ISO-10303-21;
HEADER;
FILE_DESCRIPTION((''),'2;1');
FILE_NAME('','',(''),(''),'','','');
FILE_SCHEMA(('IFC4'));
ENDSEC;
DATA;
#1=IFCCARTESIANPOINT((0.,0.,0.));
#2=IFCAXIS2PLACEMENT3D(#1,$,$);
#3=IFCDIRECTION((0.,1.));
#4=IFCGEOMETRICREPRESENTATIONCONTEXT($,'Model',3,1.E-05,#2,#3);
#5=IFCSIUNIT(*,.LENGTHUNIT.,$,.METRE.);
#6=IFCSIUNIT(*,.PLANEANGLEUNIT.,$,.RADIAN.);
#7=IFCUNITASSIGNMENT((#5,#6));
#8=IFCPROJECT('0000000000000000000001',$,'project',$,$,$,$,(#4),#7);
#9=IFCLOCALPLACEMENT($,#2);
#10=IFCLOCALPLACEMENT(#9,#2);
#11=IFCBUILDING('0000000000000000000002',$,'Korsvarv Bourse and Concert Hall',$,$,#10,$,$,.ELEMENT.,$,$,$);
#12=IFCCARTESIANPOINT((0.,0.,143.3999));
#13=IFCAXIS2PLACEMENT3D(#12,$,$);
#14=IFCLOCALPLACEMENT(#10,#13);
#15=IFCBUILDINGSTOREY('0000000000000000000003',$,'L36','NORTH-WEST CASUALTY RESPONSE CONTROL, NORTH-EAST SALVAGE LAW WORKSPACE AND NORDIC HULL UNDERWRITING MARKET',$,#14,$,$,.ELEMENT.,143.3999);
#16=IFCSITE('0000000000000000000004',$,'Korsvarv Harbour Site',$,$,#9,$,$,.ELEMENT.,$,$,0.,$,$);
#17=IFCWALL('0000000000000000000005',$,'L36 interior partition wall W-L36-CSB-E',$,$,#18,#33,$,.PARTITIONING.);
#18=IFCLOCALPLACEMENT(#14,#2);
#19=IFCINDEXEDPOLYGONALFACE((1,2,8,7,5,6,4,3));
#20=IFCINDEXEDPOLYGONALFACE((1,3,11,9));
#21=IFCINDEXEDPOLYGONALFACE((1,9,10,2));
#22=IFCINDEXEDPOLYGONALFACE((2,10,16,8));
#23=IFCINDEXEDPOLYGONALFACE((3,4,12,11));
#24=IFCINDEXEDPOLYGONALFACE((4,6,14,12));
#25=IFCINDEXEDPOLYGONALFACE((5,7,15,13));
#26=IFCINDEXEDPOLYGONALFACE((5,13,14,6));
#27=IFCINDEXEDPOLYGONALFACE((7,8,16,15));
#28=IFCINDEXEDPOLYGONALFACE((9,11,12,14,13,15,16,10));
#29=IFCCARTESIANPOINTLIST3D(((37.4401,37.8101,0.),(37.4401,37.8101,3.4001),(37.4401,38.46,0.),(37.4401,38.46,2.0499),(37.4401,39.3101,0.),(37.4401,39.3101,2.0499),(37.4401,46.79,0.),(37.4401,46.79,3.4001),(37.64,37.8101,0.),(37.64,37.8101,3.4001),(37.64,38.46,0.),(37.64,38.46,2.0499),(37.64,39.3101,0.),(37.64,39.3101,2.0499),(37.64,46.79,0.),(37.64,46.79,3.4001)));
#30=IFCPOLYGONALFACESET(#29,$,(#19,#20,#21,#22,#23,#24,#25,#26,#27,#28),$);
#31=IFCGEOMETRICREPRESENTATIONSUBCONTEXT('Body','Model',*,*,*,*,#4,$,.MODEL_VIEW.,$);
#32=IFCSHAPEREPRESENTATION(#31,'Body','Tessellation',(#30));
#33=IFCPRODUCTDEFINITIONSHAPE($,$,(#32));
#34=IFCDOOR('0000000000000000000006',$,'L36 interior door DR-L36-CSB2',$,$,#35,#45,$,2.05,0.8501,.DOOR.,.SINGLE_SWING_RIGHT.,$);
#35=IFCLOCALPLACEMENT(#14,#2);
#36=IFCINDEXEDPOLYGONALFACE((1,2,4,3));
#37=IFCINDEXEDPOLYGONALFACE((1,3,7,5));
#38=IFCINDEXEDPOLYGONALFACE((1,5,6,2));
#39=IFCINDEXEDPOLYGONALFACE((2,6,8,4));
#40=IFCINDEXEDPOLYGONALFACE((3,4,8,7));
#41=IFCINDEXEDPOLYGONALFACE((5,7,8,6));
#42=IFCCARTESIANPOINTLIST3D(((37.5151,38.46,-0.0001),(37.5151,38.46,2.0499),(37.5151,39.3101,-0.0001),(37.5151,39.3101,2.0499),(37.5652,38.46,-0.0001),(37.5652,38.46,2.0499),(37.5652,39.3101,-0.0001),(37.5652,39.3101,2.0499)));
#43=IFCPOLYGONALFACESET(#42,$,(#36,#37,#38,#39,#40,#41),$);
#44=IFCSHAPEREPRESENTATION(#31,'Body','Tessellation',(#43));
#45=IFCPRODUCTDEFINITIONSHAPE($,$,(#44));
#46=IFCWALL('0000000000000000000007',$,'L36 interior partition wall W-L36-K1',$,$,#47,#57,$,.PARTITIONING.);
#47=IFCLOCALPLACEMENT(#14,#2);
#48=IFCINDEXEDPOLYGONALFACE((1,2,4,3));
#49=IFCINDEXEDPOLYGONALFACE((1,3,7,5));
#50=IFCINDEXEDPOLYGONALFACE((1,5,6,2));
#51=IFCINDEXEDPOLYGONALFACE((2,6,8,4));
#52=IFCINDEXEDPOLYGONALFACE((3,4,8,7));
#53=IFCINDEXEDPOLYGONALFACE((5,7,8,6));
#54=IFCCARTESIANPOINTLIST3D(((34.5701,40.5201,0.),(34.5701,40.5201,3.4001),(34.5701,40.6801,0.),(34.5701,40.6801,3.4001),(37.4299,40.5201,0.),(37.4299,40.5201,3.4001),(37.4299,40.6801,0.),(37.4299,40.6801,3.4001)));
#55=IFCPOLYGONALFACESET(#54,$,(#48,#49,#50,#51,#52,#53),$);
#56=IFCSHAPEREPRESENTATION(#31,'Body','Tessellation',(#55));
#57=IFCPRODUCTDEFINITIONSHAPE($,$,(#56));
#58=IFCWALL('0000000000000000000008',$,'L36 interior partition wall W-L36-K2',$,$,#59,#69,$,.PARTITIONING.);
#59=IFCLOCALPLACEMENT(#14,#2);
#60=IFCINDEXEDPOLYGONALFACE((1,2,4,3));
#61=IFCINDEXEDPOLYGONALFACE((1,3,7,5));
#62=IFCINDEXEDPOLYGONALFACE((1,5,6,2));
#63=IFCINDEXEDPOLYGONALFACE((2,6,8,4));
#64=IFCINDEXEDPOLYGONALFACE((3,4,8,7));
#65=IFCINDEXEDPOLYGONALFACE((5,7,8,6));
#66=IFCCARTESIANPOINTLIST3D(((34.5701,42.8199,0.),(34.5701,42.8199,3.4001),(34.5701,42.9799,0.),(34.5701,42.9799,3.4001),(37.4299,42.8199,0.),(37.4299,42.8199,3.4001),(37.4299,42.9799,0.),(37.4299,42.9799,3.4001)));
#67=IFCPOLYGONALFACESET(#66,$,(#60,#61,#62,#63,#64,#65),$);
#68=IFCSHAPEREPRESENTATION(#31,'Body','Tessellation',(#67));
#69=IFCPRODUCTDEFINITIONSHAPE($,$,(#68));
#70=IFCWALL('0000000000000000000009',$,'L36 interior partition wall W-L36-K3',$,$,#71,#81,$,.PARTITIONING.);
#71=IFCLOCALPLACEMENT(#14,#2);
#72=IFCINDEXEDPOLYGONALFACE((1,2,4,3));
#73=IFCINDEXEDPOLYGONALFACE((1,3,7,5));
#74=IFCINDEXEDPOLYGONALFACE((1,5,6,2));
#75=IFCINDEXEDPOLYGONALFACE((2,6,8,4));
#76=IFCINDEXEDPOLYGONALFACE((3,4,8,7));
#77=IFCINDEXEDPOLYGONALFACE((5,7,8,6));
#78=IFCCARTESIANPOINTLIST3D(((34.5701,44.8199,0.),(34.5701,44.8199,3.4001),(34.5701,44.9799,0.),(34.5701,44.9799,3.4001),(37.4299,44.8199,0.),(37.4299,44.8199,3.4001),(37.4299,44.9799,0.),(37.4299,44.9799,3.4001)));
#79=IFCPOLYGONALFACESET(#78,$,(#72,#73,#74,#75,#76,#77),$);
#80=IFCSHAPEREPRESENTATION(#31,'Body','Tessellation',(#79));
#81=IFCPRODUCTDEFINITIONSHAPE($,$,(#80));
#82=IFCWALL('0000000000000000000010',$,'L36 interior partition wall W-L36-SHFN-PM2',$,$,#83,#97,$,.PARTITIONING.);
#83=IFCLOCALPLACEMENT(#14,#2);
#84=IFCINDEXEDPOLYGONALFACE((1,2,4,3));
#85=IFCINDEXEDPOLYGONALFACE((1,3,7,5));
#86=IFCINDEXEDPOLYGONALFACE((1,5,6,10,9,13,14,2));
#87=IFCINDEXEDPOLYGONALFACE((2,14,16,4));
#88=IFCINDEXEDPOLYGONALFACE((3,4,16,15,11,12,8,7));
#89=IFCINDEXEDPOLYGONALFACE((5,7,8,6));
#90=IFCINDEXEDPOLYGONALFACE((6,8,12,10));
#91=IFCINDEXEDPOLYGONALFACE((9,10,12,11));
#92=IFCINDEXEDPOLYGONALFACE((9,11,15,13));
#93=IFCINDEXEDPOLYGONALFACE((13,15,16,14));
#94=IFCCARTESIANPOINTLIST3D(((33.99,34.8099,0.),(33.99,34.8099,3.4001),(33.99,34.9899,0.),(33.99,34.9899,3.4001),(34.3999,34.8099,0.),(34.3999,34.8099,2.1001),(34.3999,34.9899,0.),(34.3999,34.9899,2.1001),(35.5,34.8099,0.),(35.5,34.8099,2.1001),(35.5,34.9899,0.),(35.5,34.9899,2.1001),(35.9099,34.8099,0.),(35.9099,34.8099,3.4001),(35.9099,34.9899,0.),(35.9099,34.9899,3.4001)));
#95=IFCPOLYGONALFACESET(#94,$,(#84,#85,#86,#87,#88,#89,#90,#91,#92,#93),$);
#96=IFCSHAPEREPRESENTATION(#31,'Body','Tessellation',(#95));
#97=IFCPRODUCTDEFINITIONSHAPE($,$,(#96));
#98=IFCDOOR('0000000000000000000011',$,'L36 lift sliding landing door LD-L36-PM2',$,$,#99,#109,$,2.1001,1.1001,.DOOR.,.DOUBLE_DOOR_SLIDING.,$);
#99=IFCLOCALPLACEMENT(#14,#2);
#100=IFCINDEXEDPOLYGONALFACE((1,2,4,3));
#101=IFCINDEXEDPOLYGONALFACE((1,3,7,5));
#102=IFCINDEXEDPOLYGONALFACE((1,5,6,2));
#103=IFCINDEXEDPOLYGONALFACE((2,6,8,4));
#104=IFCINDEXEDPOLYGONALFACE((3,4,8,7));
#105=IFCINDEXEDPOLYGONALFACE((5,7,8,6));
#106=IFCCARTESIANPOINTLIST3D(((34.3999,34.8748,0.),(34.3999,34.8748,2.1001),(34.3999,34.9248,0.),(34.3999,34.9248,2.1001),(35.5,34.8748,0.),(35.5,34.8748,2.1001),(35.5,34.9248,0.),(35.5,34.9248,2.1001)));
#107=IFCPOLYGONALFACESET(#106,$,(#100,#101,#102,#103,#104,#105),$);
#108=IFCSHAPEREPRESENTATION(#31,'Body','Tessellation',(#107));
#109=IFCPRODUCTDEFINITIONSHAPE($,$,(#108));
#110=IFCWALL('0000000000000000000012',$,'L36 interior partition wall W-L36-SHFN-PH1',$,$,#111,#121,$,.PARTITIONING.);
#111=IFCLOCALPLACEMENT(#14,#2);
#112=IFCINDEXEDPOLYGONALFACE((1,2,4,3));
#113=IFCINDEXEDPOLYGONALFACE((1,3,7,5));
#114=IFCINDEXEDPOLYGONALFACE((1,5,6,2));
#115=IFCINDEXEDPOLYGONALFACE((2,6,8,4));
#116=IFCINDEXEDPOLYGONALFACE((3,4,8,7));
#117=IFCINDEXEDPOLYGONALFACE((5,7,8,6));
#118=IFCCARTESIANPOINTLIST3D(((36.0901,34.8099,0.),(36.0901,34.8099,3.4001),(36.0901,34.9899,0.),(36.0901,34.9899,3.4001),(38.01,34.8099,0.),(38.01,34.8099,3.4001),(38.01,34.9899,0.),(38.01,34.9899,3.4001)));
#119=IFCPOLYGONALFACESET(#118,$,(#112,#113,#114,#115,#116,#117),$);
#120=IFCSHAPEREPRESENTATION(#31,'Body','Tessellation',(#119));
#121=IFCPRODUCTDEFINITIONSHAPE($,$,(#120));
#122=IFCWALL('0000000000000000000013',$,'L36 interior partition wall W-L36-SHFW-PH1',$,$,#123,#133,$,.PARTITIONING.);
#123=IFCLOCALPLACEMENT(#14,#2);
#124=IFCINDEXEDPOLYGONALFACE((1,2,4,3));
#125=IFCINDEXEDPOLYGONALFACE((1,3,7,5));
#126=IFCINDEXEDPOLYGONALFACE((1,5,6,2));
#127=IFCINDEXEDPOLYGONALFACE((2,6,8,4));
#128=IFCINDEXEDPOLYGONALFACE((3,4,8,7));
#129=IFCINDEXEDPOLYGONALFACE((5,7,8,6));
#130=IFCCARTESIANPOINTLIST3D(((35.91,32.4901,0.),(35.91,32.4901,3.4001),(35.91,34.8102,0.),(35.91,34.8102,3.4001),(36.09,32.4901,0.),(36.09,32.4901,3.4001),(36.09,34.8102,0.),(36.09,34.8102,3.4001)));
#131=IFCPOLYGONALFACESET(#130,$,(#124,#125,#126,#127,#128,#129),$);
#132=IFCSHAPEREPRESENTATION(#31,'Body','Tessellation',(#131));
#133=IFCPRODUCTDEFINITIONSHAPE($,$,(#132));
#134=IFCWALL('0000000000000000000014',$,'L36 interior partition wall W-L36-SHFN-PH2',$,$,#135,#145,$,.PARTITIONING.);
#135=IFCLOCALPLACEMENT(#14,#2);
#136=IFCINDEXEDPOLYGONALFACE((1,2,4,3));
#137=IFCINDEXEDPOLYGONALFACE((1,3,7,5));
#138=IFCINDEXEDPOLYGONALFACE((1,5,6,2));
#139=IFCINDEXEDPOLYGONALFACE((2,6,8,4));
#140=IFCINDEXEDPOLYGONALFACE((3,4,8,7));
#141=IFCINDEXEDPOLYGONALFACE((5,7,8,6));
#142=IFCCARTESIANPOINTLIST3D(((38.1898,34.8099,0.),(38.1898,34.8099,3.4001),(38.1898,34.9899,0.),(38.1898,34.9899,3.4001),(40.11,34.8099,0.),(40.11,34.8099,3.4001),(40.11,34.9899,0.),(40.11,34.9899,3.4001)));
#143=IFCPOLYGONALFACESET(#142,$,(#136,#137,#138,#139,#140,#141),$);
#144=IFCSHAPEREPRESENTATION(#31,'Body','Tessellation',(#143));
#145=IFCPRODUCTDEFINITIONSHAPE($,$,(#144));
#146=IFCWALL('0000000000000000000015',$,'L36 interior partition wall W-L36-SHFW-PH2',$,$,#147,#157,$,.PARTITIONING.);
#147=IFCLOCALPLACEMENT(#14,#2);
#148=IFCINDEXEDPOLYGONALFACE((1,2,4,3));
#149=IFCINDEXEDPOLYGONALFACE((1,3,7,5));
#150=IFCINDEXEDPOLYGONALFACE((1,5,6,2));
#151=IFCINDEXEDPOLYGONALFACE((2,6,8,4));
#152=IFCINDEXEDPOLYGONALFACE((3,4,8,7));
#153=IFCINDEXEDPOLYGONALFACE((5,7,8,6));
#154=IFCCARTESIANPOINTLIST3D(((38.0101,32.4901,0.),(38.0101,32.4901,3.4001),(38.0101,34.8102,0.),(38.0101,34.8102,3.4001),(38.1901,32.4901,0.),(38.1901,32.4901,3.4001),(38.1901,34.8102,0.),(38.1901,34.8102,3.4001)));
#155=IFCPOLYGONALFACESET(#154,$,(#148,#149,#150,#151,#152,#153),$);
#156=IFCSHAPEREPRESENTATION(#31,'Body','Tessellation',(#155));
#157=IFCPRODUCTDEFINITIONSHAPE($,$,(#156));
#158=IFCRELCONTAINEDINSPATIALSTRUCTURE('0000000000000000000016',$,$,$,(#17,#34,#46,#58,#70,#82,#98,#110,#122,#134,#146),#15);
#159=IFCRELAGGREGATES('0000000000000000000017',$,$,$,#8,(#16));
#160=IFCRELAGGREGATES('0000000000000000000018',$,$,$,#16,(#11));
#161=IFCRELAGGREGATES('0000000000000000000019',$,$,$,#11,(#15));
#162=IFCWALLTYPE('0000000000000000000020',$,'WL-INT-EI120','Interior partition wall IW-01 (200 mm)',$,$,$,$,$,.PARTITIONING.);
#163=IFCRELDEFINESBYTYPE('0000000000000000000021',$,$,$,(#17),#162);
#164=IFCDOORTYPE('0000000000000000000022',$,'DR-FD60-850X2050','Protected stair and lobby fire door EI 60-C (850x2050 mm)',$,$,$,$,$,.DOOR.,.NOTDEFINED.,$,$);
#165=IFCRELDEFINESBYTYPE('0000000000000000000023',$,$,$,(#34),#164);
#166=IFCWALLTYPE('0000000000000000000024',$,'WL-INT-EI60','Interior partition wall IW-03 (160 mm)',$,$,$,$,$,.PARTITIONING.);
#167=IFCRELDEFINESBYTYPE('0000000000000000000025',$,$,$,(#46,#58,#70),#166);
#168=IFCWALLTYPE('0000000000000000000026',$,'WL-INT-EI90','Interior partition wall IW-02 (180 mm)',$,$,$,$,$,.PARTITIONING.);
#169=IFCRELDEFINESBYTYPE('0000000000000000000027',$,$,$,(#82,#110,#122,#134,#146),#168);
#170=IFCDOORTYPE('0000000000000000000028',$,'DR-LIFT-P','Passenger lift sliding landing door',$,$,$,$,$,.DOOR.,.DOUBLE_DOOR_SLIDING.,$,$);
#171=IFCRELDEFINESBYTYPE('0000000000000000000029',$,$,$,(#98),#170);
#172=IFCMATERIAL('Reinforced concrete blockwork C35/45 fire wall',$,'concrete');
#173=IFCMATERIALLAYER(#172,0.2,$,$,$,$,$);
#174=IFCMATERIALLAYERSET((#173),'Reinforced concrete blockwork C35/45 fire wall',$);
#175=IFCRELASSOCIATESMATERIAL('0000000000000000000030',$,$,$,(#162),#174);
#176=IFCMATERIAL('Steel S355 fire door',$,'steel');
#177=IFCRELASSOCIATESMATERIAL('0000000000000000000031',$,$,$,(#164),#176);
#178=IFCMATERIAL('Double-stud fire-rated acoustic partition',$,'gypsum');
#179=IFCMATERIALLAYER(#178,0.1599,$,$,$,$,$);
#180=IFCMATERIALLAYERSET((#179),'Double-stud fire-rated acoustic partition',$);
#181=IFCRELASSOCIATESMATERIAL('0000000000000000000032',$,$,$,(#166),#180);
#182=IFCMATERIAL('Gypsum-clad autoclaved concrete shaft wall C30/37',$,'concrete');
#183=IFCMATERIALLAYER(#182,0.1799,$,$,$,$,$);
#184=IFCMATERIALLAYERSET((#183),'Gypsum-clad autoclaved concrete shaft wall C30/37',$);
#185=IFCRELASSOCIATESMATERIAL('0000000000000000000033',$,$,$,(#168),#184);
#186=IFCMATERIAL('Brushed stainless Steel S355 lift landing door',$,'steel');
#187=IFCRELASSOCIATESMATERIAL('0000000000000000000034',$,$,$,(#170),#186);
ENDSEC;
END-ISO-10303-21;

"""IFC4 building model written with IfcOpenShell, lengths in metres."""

from ifc_helpers import new_model, si_unit, direction, frame, frame_2d, origin, place, context, subcontext, project, spatial, rectangle, extrude, material, layer, layer_set, type_object, element, fill, save


model = new_model("IFC4")

# Units and contexts
model_context = context("Model", 3, precision=1e-05, world=origin(), true_north=direction((0.0, 1.0)))
body_context = subcontext(model_context, "Body", "Model", "MODEL_VIEW")
ifc_project = project(units=[si_unit("LENGTHUNIT", "METRE"), si_unit("PLANEANGLEUNIT", "RADIAN")], contexts=[model_context])

# Site, building, storey
site_placement = place(None, origin())
site = spatial("IfcSite", under=ifc_project, at=site_placement, Name="Korsvarv Harbour Site", CompositionType="ELEMENT", RefElevation=0.0)
building_placement = place(site_placement, origin())
building = spatial("IfcBuilding", under=site, at=building_placement, Name="Korsvarv Bourse and Concert Hall", CompositionType="ELEMENT")
storey_placement = place(building_placement, frame((0.0, 0.0, 143.3999)))
storey = spatial("IfcBuildingStorey", under=building, at=storey_placement, Name="L36", Description="NORTH-WEST CASUALTY RESPONSE CONTROL, NORTH-EAST SALVAGE LAW WORKSPACE AND NORDIC HULL UNDERWRITING MARKET", CompositionType="ELEMENT", Elevation=143.3999)

# Wall, opening, door
ifc_material_1 = material(Name="Reinforced concrete blockwork C35/45 fire wall", Category="concrete")
ifc_layer_1 = layer(ifc_material_1, 0.2)
ifc_layer_set_1 = layer_set([ifc_layer_1], Name="Reinforced concrete blockwork C35/45 fire wall")
wall_type_1 = type_object("IfcWallType", Name="WL-INT-EI120", Description="Interior partition wall IW-01 (200 mm)", PredefinedType="PARTITIONING", material=ifc_layer_set_1)
ifc_material_2 = material(Name="Steel S355 fire door", Category="steel")
door_type_1 = type_object("IfcDoorType", Name="DR-FD60-850X2050", Description="Protected stair and lobby fire door EI 60-C (850x2050 mm)", OperationType="NOTDEFINED", PredefinedType="DOOR", material=ifc_material_2)
wall_1_placement = place(storey_placement, frame((37.54, 37.8101, 0.0), z_axis=(0.0, 0.0, 1.0), x_axis=(0.0, 1.0, 0.0)))
wall_1 = element("IfcWall", 1, at=wall_1_placement, inside=storey, type_object=wall_type_1, Name="L36 interior partition wall W-L36-CSB-E", PredefinedType="PARTITIONING", context=body_context, shape_type="SweptSolid", body=[
    extrude(rectangle(XDim=8.98, YDim=0.2, at=frame_2d((4.49, 0.0))), origin(), (0.0, 0.0, 1.0), 3.4001),
])
opening_1_placement = place(wall_1_placement, frame((0.6499, 0.0, 0.0)))
opening_1 = element("IfcOpeningElement", 2, at=opening_1_placement, cuts=wall_1, PredefinedType="OPENING", context=body_context, shape_type="SweptSolid", body=[
    extrude(rectangle(XDim=0.8501, YDim=2.05, at=frame_2d((0.425, 1.0249))), frame((0.0, 0.1099, 0.0), z_axis=(0.0, -1.0, 0.0), x_axis=(1.0, 0.0, 0.0)), (0.0, 0.0, 1.0), 0.22),
])
door_1_placement = place(opening_1_placement, origin())
door_1 = element("IfcDoor", 3, at=door_1_placement, inside=storey, type_object=door_type_1, Name="L36 interior door DR-L36-CSB2", OperationType="SINGLE_SWING_RIGHT", OverallHeight=2.05, OverallWidth=0.8501, PredefinedType="DOOR", context=body_context, shape_type="SweptSolid", body=[
    extrude(rectangle(XDim=0.8501, YDim=2.05, at=frame_2d((0.425, 1.0249))), frame((0.0, 0.0249, 0.0), z_axis=(0.0, -1.0, 0.0), x_axis=(1.0, 0.0, 0.0)), (0.0, 0.0, 1.0), 0.05),
])
fill(opening_1, door_1)

# Walls
ifc_material_3 = material(Name="Double-stud fire-rated acoustic partition", Category="gypsum")
ifc_layer_2 = layer(ifc_material_3, 0.1599)
ifc_layer_set_2 = layer_set([ifc_layer_2], Name="Double-stud fire-rated acoustic partition")
wall_type_2 = type_object("IfcWallType", Name="WL-INT-EI60", Description="Interior partition wall IW-03 (160 mm)", PredefinedType="PARTITIONING", material=ifc_layer_set_2)
for number, where, z_axis, x_axis, name in (
    (4, (34.5701, 40.6001, 0.0), (0.0, 0.0, 1.0), (1.0, 0.0, 0.0), "L36 interior partition wall W-L36-K1"),
    (5, (34.5701, 42.8999, 0.0), (0.0, 0.0, 1.0), (1.0, 0.0, 0.0), "L36 interior partition wall W-L36-K2"),
    (6, (34.5701, 44.8999, 0.0), (0.0, 0.0, 1.0), (1.0, 0.0, 0.0), "L36 interior partition wall W-L36-K3"),
):
    element("IfcWall", number, at=place(storey_placement, frame(where, z_axis=z_axis, x_axis=x_axis)), inside=storey, type_object=wall_type_2, Name=name, PredefinedType="PARTITIONING", context=body_context, shape_type="SweptSolid", body=[
        extrude(rectangle(XDim=2.8599, YDim=0.1599, at=frame_2d((1.4299, 0.0))), origin(), (0.0, 0.0, 1.0), 3.4001),
    ])

# Wall, opening, door
ifc_material_4 = material(Name="Gypsum-clad autoclaved concrete shaft wall C30/37", Category="concrete")
ifc_layer_3 = layer(ifc_material_4, 0.1799)
ifc_layer_set_3 = layer_set([ifc_layer_3], Name="Gypsum-clad autoclaved concrete shaft wall C30/37")
wall_type_3 = type_object("IfcWallType", Name="WL-INT-EI90", Description="Interior partition wall IW-02 (180 mm)", PredefinedType="PARTITIONING", material=ifc_layer_set_3)
wall_2_placement = place(storey_placement, frame((33.99, 34.8999, 0.0), z_axis=(0.0, 0.0, 1.0), x_axis=(1.0, 0.0, 0.0)))
wall_2 = element("IfcWall", 7, at=wall_2_placement, inside=storey, type_object=wall_type_3, Name="L36 interior partition wall W-L36-SHFN-PM2", PredefinedType="PARTITIONING", context=body_context, shape_type="SweptSolid", body=[
    extrude(rectangle(XDim=1.9199, YDim=0.1799, at=frame_2d((0.96, 0.0))), origin(), (0.0, 0.0, 1.0), 3.4001),
])
opening_2_placement = place(wall_2_placement, frame((0.4099, 0.0, 0.0)))
opening_2 = element("IfcOpeningElement", 8, at=opening_2_placement, cuts=wall_2, PredefinedType="OPENING", context=body_context, shape_type="SweptSolid", body=[
    extrude(rectangle(XDim=1.1001, YDim=2.1001, at=frame_2d((0.55, 1.05))), frame((0.0, 0.1001, 0.0), z_axis=(0.0, -1.0, 0.0), x_axis=(1.0, 0.0, 0.0)), (0.0, 0.0, 1.0), 0.2),
])
ifc_material_5 = material(Name="Brushed stainless Steel S355 lift landing door", Category="steel")
door_type_2 = type_object("IfcDoorType", Name="DR-LIFT-P", Description="Passenger lift sliding landing door", OperationType="DOUBLE_DOOR_SLIDING", PredefinedType="DOOR", material=ifc_material_5)
door_2_placement = place(opening_2_placement, origin())
door_2 = element("IfcDoor", 9, at=door_2_placement, inside=storey, type_object=door_type_2, Name="L36 lift sliding landing door LD-L36-PM2", OperationType="DOUBLE_DOOR_SLIDING", OverallHeight=2.1001, OverallWidth=1.1001, PredefinedType="DOOR", context=body_context, shape_type="SweptSolid", body=[
    extrude(rectangle(XDim=1.1001, YDim=2.1001, at=frame_2d((0.55, 1.05))), frame((0.0, 0.0249, 0.0), z_axis=(0.0, -1.0, 0.0), x_axis=(1.0, 0.0, 0.0)), (0.0, 0.0, 1.0), 0.05),
])
fill(opening_2, door_2)

# Walls
wall_3_placement = place(storey_placement, frame((36.0901, 34.8999, 0.0), z_axis=(0.0, 0.0, 1.0), x_axis=(1.0, 0.0, 0.0)))
element("IfcWall", 10, at=wall_3_placement, inside=storey, type_object=wall_type_3, Name="L36 interior partition wall W-L36-SHFN-PH1", PredefinedType="PARTITIONING", context=body_context, shape_type="SweptSolid", body=[
    extrude(rectangle(XDim=1.9199, YDim=0.1799, at=frame_2d((0.96, 0.0))), origin(), (0.0, 0.0, 1.0), 3.4001),
])
wall_4_placement = place(storey_placement, frame((36.0, 32.49, 0.0), z_axis=(0.0, 0.0, 1.0), x_axis=(0.0, 1.0, 0.0)))
element("IfcWall", 11, at=wall_4_placement, inside=storey, type_object=wall_type_3, Name="L36 interior partition wall W-L36-SHFW-PH1", PredefinedType="PARTITIONING", context=body_context, shape_type="SweptSolid", body=[
    extrude(rectangle(XDim=2.3201, YDim=0.1799, at=frame_2d((1.1602, 0.0))), origin(), (0.0, 0.0, 1.0), 3.4001),
])
wall_5_placement = place(storey_placement, frame((38.1899, 34.8999, 0.0), z_axis=(0.0, 0.0, 1.0), x_axis=(1.0, 0.0, 0.0)))
element("IfcWall", 12, at=wall_5_placement, inside=storey, type_object=wall_type_3, Name="L36 interior partition wall W-L36-SHFN-PH2", PredefinedType="PARTITIONING", context=body_context, shape_type="SweptSolid", body=[
    extrude(rectangle(XDim=1.9202, YDim=0.1799, at=frame_2d((0.96, 0.0))), origin(), (0.0, 0.0, 1.0), 3.4001),
])
wall_6_placement = place(storey_placement, frame((38.1001, 32.49, 0.0), z_axis=(0.0, 0.0, 1.0), x_axis=(0.0, 1.0, 0.0)))
element("IfcWall", 13, at=wall_6_placement, inside=storey, type_object=wall_type_3, Name="L36 interior partition wall W-L36-SHFW-PH2", PredefinedType="PARTITIONING", context=body_context, shape_type="SweptSolid", body=[
    extrude(rectangle(XDim=2.3201, YDim=0.1799, at=frame_2d((1.1602, 0.0))), origin(), (0.0, 0.0, 1.0), 3.4001),
])

save(model, "model.ifc")
